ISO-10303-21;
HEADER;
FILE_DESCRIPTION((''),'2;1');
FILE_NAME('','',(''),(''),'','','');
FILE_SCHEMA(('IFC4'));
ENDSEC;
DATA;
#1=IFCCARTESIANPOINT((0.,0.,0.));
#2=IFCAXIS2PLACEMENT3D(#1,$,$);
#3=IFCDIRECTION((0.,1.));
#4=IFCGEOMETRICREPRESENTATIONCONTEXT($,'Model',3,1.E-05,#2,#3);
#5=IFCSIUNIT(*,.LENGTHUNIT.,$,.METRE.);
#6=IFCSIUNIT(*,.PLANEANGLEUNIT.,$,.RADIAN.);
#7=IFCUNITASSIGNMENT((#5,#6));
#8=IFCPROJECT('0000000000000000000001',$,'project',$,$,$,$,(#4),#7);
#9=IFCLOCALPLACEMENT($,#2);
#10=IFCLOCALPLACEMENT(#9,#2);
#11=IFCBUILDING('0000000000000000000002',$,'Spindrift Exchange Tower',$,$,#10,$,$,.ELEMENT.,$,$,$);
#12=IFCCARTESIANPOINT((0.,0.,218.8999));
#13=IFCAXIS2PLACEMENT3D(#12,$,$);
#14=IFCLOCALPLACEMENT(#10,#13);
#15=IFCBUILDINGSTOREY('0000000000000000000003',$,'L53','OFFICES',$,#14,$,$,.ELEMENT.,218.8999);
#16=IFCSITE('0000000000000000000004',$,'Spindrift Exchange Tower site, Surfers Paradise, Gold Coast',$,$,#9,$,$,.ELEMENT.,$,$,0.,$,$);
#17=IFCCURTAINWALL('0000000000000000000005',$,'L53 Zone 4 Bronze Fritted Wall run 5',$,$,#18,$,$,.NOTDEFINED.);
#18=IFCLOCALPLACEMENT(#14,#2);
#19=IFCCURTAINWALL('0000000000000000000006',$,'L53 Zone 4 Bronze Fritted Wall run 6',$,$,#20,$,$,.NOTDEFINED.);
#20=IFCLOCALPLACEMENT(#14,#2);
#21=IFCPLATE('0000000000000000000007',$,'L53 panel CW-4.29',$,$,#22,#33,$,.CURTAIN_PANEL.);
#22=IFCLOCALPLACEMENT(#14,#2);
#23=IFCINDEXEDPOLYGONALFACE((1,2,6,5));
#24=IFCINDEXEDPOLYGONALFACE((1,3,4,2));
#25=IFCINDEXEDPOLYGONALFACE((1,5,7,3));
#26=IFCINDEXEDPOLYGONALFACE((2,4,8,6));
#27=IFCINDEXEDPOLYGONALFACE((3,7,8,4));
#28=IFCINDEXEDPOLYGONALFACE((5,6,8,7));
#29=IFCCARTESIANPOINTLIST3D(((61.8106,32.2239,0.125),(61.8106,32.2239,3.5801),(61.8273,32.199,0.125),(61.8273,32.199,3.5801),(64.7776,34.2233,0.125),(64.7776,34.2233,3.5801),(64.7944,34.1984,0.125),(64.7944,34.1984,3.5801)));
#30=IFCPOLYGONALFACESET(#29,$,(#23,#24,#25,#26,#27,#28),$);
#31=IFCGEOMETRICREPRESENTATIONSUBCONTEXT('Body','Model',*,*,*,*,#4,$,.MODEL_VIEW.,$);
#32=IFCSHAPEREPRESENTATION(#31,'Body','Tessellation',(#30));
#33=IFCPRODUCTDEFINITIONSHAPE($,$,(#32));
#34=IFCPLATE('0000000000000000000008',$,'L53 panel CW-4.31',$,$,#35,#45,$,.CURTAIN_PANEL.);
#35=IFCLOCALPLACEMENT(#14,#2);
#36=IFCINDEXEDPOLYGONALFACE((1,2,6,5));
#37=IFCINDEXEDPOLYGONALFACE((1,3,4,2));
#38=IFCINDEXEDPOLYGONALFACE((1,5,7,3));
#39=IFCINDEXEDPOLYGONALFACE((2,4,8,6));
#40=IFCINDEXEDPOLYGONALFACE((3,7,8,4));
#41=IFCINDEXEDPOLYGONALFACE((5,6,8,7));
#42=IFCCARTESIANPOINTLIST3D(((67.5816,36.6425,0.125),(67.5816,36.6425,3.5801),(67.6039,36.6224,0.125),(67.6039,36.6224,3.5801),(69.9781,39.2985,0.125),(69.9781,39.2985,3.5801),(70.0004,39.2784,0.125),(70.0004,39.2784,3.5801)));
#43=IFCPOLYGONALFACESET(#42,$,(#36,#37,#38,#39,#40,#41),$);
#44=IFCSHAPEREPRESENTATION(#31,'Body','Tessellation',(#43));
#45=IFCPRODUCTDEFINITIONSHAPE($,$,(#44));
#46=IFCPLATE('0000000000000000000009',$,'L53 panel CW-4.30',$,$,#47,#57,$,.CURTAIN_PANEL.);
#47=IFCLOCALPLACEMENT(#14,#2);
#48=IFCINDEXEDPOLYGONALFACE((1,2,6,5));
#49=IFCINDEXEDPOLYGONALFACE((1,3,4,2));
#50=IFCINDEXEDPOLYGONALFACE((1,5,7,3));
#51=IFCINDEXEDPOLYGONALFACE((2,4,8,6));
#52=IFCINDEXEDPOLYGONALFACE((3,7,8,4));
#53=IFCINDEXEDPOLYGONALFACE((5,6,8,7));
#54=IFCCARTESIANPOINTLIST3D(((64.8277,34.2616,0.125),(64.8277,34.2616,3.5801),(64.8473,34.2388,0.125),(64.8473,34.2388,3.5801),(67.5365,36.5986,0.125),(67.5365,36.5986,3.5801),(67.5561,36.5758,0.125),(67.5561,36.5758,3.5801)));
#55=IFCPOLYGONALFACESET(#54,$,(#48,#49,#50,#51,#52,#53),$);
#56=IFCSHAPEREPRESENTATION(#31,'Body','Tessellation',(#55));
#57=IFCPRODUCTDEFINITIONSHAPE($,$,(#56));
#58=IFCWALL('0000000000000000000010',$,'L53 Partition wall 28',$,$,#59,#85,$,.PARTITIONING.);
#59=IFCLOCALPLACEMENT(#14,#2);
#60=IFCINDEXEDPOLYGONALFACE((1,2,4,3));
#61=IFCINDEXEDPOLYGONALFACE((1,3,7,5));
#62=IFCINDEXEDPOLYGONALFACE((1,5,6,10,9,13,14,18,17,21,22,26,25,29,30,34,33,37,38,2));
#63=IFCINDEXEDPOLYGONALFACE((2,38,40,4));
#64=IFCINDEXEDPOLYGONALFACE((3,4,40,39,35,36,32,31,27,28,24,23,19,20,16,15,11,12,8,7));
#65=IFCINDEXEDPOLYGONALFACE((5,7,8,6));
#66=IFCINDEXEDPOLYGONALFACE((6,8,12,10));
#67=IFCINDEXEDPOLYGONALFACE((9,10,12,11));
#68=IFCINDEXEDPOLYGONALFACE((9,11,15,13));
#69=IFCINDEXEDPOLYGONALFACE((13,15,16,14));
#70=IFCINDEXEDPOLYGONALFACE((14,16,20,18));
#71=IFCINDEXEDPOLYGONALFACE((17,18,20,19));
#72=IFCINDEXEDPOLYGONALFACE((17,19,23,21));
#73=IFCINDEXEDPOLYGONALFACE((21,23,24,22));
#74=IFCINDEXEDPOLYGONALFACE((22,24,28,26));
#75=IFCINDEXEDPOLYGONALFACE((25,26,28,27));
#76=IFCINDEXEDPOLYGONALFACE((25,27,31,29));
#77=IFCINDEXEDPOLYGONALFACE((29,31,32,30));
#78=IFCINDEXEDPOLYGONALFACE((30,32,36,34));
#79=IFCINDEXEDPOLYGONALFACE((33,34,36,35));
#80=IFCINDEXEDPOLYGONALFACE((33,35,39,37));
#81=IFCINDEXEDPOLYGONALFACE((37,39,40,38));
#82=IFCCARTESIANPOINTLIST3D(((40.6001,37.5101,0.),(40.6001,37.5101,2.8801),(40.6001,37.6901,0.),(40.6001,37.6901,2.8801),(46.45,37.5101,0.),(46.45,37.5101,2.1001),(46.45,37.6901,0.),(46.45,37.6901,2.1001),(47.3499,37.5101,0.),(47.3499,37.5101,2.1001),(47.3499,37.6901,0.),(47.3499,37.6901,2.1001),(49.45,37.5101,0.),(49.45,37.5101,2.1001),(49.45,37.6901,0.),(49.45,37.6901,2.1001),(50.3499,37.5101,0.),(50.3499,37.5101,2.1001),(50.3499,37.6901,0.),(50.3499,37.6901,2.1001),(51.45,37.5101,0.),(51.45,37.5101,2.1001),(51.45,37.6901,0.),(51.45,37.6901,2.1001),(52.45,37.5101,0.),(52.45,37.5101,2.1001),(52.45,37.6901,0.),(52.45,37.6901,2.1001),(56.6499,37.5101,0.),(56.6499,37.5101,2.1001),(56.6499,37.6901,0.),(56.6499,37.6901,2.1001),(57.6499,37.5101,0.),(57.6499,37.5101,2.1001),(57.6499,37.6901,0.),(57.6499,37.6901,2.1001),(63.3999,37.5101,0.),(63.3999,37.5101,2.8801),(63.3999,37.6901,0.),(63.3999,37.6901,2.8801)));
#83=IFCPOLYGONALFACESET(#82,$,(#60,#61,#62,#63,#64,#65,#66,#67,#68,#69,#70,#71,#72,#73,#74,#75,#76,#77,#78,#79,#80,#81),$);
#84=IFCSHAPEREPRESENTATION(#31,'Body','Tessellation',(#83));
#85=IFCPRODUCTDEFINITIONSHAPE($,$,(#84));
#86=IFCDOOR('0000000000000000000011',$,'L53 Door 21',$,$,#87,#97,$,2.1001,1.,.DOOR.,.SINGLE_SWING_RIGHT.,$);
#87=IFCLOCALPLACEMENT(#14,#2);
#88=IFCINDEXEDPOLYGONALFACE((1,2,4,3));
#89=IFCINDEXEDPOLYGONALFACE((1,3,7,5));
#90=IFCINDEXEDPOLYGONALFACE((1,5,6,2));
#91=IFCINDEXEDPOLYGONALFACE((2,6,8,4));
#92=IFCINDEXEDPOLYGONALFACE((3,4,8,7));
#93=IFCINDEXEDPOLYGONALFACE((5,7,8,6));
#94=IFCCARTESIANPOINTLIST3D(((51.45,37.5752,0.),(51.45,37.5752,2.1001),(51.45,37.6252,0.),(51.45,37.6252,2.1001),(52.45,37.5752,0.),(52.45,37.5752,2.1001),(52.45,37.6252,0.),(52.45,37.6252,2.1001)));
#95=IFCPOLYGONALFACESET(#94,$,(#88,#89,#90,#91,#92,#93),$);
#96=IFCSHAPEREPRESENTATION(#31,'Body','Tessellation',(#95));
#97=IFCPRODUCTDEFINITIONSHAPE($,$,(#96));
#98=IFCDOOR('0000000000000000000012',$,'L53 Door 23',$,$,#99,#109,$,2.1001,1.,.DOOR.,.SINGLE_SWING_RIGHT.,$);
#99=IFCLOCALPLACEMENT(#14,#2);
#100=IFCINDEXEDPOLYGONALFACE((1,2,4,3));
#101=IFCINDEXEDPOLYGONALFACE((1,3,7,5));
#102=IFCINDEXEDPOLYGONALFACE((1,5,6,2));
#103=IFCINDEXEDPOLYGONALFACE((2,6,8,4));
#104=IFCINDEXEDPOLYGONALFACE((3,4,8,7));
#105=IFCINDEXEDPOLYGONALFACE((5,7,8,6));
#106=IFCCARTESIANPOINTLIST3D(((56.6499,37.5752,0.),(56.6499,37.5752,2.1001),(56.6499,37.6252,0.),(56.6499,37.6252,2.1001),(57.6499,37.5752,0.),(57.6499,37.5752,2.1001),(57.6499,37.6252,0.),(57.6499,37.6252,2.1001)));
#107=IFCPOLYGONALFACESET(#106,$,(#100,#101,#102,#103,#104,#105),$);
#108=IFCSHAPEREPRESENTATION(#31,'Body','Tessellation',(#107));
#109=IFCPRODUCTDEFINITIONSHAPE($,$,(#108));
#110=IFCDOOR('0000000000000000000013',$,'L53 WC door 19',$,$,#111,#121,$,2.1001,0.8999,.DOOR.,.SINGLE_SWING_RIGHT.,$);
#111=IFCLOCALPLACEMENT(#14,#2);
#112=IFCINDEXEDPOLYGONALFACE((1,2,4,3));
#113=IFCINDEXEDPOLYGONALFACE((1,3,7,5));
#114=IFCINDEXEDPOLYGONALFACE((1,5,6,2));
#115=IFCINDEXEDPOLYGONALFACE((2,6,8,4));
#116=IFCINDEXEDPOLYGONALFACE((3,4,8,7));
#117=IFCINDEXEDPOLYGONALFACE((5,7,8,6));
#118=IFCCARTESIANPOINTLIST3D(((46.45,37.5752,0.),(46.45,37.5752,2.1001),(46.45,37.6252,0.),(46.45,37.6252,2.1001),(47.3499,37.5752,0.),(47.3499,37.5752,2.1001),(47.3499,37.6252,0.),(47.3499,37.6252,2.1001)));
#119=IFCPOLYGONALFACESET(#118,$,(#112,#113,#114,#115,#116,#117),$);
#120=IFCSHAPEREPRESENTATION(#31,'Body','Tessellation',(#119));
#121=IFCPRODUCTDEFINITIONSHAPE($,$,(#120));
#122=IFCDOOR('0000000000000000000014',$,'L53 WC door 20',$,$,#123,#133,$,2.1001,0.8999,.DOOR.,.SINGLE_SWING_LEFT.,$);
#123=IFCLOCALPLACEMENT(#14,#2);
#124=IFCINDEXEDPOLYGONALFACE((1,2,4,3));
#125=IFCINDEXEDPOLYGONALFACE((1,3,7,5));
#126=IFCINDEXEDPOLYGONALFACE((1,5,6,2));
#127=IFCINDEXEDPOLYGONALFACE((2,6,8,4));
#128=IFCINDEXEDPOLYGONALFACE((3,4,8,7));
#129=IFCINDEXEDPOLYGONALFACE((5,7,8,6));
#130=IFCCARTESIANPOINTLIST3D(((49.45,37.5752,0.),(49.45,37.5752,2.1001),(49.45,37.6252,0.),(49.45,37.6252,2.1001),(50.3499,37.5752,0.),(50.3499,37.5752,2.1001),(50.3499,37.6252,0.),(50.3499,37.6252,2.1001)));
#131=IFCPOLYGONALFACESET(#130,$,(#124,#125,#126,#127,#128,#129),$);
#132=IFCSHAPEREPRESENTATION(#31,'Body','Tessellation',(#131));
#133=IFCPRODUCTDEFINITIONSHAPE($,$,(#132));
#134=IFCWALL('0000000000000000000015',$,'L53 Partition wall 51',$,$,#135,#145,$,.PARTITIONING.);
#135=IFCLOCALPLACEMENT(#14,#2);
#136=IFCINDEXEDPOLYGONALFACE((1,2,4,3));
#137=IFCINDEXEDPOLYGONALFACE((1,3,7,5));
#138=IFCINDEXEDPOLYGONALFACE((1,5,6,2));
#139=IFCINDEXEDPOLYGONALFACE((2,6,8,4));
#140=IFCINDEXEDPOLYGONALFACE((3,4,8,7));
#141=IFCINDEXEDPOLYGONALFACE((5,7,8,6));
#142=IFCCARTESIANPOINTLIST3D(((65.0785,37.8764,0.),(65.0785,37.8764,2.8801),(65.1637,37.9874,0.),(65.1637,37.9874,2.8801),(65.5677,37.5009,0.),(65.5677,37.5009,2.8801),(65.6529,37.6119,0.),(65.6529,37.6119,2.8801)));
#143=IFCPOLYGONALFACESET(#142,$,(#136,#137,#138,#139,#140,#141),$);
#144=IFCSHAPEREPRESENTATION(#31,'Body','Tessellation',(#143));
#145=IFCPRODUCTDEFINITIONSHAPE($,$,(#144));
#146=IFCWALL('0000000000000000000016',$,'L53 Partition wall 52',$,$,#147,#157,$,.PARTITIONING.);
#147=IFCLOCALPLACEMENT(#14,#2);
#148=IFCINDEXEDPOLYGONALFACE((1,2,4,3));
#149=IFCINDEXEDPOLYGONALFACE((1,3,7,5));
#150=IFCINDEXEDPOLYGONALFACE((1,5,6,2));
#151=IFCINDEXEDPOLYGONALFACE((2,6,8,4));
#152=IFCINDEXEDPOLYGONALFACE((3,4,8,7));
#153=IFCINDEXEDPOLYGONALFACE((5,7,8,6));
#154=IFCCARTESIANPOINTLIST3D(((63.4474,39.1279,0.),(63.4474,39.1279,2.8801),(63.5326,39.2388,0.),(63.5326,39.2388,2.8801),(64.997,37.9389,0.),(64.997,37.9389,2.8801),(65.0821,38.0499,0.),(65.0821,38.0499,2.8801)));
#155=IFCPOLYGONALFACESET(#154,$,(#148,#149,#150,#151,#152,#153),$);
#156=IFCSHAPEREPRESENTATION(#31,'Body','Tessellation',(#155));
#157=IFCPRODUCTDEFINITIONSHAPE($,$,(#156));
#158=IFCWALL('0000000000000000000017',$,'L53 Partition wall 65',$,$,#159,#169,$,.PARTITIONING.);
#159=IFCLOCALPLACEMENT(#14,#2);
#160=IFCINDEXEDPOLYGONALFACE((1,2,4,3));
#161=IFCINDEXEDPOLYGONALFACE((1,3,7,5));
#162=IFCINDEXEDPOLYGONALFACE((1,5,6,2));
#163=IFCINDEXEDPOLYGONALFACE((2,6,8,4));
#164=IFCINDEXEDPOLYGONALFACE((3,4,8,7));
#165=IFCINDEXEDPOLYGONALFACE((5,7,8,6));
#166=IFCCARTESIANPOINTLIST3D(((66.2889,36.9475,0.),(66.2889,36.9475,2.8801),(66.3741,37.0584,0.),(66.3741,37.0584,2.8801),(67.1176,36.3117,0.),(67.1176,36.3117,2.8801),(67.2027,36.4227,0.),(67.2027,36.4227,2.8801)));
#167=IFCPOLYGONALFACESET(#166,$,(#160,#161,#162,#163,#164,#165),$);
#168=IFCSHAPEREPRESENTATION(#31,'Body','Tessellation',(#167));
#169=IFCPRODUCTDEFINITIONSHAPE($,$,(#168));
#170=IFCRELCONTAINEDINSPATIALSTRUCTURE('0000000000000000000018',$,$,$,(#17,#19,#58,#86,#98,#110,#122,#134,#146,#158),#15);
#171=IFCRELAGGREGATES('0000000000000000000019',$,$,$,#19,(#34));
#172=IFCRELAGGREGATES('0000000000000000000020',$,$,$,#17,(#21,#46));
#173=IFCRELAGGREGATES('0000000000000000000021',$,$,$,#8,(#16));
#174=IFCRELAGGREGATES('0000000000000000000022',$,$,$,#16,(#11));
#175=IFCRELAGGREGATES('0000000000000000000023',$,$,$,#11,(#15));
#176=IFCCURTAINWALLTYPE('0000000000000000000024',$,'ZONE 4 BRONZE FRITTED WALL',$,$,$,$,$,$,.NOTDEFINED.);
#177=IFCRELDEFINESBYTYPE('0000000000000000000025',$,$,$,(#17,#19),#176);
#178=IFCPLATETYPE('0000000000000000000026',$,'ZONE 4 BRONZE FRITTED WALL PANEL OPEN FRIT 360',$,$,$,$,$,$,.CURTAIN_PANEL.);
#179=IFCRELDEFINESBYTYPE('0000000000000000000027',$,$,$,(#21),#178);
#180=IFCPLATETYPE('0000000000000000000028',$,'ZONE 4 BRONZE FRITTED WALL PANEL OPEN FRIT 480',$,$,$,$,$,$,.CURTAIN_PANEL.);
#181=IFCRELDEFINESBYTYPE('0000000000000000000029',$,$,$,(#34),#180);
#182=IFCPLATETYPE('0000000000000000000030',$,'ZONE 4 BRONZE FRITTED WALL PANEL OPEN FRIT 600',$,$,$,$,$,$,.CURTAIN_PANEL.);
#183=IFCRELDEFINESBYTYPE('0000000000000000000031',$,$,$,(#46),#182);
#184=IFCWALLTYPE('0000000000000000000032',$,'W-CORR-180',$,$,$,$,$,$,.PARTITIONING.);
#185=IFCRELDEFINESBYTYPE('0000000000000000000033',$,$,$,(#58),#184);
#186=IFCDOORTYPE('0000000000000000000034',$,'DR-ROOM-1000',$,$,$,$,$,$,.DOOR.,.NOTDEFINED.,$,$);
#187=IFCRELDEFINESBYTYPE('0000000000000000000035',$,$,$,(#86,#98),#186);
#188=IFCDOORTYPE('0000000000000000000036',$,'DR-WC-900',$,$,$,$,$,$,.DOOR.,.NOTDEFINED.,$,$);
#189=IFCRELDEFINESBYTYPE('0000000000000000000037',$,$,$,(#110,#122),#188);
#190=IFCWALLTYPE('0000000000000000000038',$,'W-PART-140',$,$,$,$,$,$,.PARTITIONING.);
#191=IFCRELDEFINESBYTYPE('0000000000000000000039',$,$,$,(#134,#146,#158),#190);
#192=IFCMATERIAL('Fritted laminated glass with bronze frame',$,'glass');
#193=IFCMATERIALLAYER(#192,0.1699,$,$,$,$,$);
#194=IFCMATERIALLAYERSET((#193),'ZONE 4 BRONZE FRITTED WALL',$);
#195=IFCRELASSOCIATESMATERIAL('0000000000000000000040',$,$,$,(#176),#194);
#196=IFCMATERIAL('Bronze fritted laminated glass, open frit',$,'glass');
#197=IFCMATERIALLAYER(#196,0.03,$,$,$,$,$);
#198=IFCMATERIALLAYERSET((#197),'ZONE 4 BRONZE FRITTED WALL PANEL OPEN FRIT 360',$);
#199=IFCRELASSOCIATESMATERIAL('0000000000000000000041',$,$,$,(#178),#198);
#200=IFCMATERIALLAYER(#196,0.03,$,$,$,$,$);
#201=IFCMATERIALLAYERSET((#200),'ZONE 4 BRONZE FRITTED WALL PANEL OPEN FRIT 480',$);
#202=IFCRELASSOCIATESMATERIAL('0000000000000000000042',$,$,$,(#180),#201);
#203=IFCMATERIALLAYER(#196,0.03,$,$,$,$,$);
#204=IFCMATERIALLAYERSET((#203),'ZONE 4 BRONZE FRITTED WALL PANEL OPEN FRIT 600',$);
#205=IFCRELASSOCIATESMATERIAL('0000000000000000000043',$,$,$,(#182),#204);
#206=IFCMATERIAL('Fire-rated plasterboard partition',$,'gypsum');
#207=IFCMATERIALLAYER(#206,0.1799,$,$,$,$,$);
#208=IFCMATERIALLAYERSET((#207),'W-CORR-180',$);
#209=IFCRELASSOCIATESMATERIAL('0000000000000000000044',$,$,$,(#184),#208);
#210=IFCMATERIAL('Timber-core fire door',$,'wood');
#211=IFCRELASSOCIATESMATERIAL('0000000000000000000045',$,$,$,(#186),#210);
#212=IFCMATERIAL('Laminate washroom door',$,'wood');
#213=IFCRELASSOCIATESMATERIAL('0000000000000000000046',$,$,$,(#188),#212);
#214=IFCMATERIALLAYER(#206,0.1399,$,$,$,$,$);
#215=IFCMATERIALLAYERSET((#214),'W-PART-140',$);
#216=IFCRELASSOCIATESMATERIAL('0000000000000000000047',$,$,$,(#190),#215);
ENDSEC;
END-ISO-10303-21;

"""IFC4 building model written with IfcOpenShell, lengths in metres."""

from ifc_helpers import new_model, si_unit, direction, frame, frame_2d, origin, origin_2d, place, context, subcontext, project, spatial, rectangle, extrude, source, transform, mapped, material, layer, layer_set, type_object, element, fill, aggregate, save


model = new_model("IFC4")

# Units and contexts
model_context = context("Model", 3, precision=1e-05, world=origin(), true_north=direction((0.0, 1.0)))
body_context = subcontext(model_context, "Body", "Model", "MODEL_VIEW")
ifc_project = project(units=[si_unit("LENGTHUNIT", "METRE"), si_unit("PLANEANGLEUNIT", "RADIAN")], contexts=[model_context])

# Site, building, storey
site_placement = place(None, origin())
site = spatial("IfcSite", under=ifc_project, at=site_placement, Name="Spindrift Exchange Tower site, Surfers Paradise, Gold Coast", CompositionType="ELEMENT", RefElevation=0.0)
building_placement = place(site_placement, origin())
building = spatial("IfcBuilding", under=site, at=building_placement, Name="Spindrift Exchange Tower", CompositionType="ELEMENT")
storey_placement = place(building_placement, frame((0.0, 0.0, 218.8999)))
storey = spatial("IfcBuildingStorey", under=building, at=storey_placement, Name="L53", Description="OFFICES", CompositionType="ELEMENT", Elevation=218.8999)

# Curtain wall
ifc_material_1 = material(Name="Fritted laminated glass with bronze frame", Category="glass")
ifc_layer_1 = layer(ifc_material_1, 0.1699)
ifc_layer_set_1 = layer_set([ifc_layer_1], Name="ZONE 4 BRONZE FRITTED WALL")
curtain_wall_type = type_object("IfcCurtainWallType", Name="ZONE 4 BRONZE FRITTED WALL", PredefinedType="NOTDEFINED", material=ifc_layer_set_1)
curtain_wall_1_placement = place(storey_placement, origin())
curtain_wall_1 = element("IfcCurtainWall", 1, at=curtain_wall_1_placement, inside=storey, type_object=curtain_wall_type, Name="L53 Zone 4 Bronze Fritted Wall run 5", PredefinedType="NOTDEFINED")

# Curtain wall
curtain_wall_2_placement = place(storey_placement, origin())
curtain_wall_2 = element("IfcCurtainWall", 2, at=curtain_wall_2_placement, inside=storey, type_object=curtain_wall_type, Name="L53 Zone 4 Bronze Fritted Wall run 6", PredefinedType="NOTDEFINED")

# Plates
ifc_material_2 = material(Name="Bronze fritted laminated glass, open frit", Category="glass")
ifc_layer_2 = layer(ifc_material_2, 0.03)
ifc_layer_set_2 = layer_set([ifc_layer_2], Name="ZONE 4 BRONZE FRITTED WALL PANEL OPEN FRIT 360")
plate_type_1 = type_object("IfcPlateType", Name="ZONE 4 BRONZE FRITTED WALL PANEL OPEN FRIT 360", PredefinedType="CURTAIN_PANEL", material=ifc_layer_set_2)
shared_shape_1 = source(origin(), body_context, "Body", "SweptSolid", [
    extrude(rectangle(XDim=3.5779, YDim=0.03, at=origin_2d()), origin(), (0.0, 0.0, 1.0), 3.4551),
])
plate_1_placement = place(storey_placement, frame((63.3025, 33.2112, 0.125), z_axis=(0.0, 0.0, 1.0), x_axis=(0.829282, 0.55883, 0.0)))
plate_1 = element("IfcPlate", 3, at=plate_1_placement, type_object=plate_type_1, Name="L53 panel CW-4.29", PredefinedType="CURTAIN_PANEL", context=body_context, shape_type="MappedRepresentation", body=[
    mapped(shared_shape_1, transform((0.0, 0.0, 0.0), scale=1.0)),
])
ifc_layer_3 = layer(ifc_material_2, 0.03)
ifc_layer_set_3 = layer_set([ifc_layer_3], Name="ZONE 4 BRONZE FRITTED WALL PANEL OPEN FRIT 480")
plate_type_2 = type_object("IfcPlateType", Name="ZONE 4 BRONZE FRITTED WALL PANEL OPEN FRIT 480", PredefinedType="CURTAIN_PANEL", material=ifc_layer_set_3)
shared_shape_2 = source(origin(), body_context, "Body", "SweptSolid", [
    extrude(rectangle(XDim=3.5774, YDim=0.03, at=origin_2d()), origin(), (0.0, 0.0, 1.0), 3.4551),
])
plate_2_placement = place(storey_placement, frame((68.791, 37.9604, 0.125), z_axis=(0.0, 0.0, 1.0), x_axis=(0.669894, 0.742457, 0.0)))
plate_2 = element("IfcPlate", 4, at=plate_2_placement, type_object=plate_type_2, Name="L53 panel CW-4.31", PredefinedType="CURTAIN_PANEL", context=body_context, shape_type="MappedRepresentation", body=[
    mapped(shared_shape_2, transform((0.0, 0.0, 0.0), scale=1.0)),
])
aggregate(curtain_wall_2, [plate_2])
ifc_layer_4 = layer(ifc_material_2, 0.03)
ifc_layer_set_4 = layer_set([ifc_layer_4], Name="ZONE 4 BRONZE FRITTED WALL PANEL OPEN FRIT 600")
plate_type_3 = type_object("IfcPlateType", Name="ZONE 4 BRONZE FRITTED WALL PANEL OPEN FRIT 600", PredefinedType="CURTAIN_PANEL", material=ifc_layer_set_4)
shared_shape_3 = source(origin(), body_context, "Body", "SweptSolid", [
    extrude(rectangle(XDim=3.5776, YDim=0.03, at=origin_2d()), origin(), (0.0, 0.0, 1.0), 3.4551),
])
plate_3_placement = place(storey_placement, frame((66.1919, 35.4187, 0.125), z_axis=(0.0, 0.0, 1.0), x_axis=(0.757162, 0.653228, 0.0)))
plate_3 = element("IfcPlate", 5, at=plate_3_placement, type_object=plate_type_3, Name="L53 panel CW-4.30", PredefinedType="CURTAIN_PANEL", context=body_context, shape_type="MappedRepresentation", body=[
    mapped(shared_shape_3, transform((0.0, 0.0, 0.0), scale=1.0)),
])
aggregate(curtain_wall_1, [plate_1, plate_3])

# Wall, openings, doors
ifc_material_3 = material(Name="Fire-rated plasterboard partition", Category="gypsum")
ifc_layer_5 = layer(ifc_material_3, 0.1799)
ifc_layer_set_5 = layer_set([ifc_layer_5], Name="W-CORR-180")
wall_type_1 = type_object("IfcWallType", Name="W-CORR-180", PredefinedType="PARTITIONING", material=ifc_layer_set_5)
wall_1_placement = place(storey_placement, frame((63.3999, 37.6001, 0.0), z_axis=(0.0, 0.0, 1.0), x_axis=(-1.0, 0.0, 0.0)))
wall_1 = element("IfcWall", 6, at=wall_1_placement, inside=storey, type_object=wall_type_1, Name="L53 Partition wall 28", PredefinedType="PARTITIONING", context=body_context, shape_type="SweptSolid", body=[
    extrude(rectangle(XDim=22.7998, YDim=0.1799, at=frame_2d((11.3999, 0.0))), origin(), (0.0, 0.0, 1.0), 2.8801),
])
opening_1_placement = place(wall_1_placement, frame((16.05, 0.0, 0.0)))
opening_1 = element("IfcOpeningElement", 7, at=opening_1_placement, cuts=wall_1, PredefinedType="OPENING", context=body_context, shape_type="SweptSolid", body=[
    extrude(rectangle(XDim=0.8999, YDim=2.1001, at=frame_2d((0.45, 1.05))), frame((0.0, 0.0999, 0.0), z_axis=(0.0, -1.0, 0.0), x_axis=(1.0, 0.0, 0.0)), (0.0, 0.0, 1.0), 0.2),
])
opening_2_placement = place(wall_1_placement, frame((13.05, 0.0, 0.0)))
opening_2 = element("IfcOpeningElement", 8, at=opening_2_placement, cuts=wall_1, PredefinedType="OPENING", context=body_context, shape_type="SweptSolid", body=[
    extrude(rectangle(XDim=0.8999, YDim=2.1001, at=frame_2d((0.45, 1.05))), frame((0.0, 0.0999, 0.0), z_axis=(0.0, -1.0, 0.0), x_axis=(1.0, 0.0, 0.0)), (0.0, 0.0, 1.0), 0.2),
])
opening_3_placement = place(wall_1_placement, frame((10.95, 0.0, 0.0)))
opening_3 = element("IfcOpeningElement", 9, at=opening_3_placement, cuts=wall_1, PredefinedType="OPENING", context=body_context, shape_type="SweptSolid", body=[
    extrude(rectangle(XDim=1.0, YDim=2.1001, at=frame_2d((0.5, 1.05))), frame((0.0, 0.0999, 0.0), z_axis=(0.0, -1.0, 0.0), x_axis=(1.0, 0.0, 0.0)), (0.0, 0.0, 1.0), 0.2),
])
opening_4_placement = place(wall_1_placement, frame((5.75, 0.0, 0.0)))
opening_4 = element("IfcOpeningElement", 10, at=opening_4_placement, cuts=wall_1, PredefinedType="OPENING", context=body_context, shape_type="SweptSolid", body=[
    extrude(rectangle(XDim=1.0, YDim=2.1001, at=frame_2d((0.5, 1.05))), frame((0.0, 0.0999, 0.0), z_axis=(0.0, -1.0, 0.0), x_axis=(1.0, 0.0, 0.0)), (0.0, 0.0, 1.0), 0.2),
])
ifc_material_4 = material(Name="Timber-core fire door", Category="wood")
door_type_1 = type_object("IfcDoorType", Name="DR-ROOM-1000", OperationType="NOTDEFINED", PredefinedType="DOOR", material=ifc_material_4)
shared_shape_4 = source(origin(), body_context, "Body", "SweptSolid", [
    extrude(rectangle(XDim=1.0, YDim=2.1001, at=frame_2d((0.5, 1.05))), frame((0.0, 0.0249, 0.0), z_axis=(0.0, -1.0, 0.0), x_axis=(1.0, 0.0, 0.0)), (0.0, 0.0, 1.0), 0.05),
])
door_1_placement = place(opening_3_placement, origin())
door_1 = element("IfcDoor", 11, at=door_1_placement, inside=storey, type_object=door_type_1, Name="L53 Door 21", OperationType="SINGLE_SWING_RIGHT", OverallHeight=2.1001, OverallWidth=1.0, PredefinedType="DOOR", context=body_context, shape_type="MappedRepresentation", body=[
    mapped(shared_shape_4, transform((0.0, 0.0, 0.0), scale=1.0)),
])
fill(opening_3, door_1)
door_2_placement = place(opening_4_placement, origin())
door_2 = element("IfcDoor", 12, at=door_2_placement, inside=storey, type_object=door_type_1, Name="L53 Door 23", OperationType="SINGLE_SWING_RIGHT", OverallHeight=2.1001, OverallWidth=1.0, PredefinedType="DOOR", context=body_context, shape_type="MappedRepresentation", body=[
    mapped(shared_shape_4, transform((0.0, 0.0, 0.0), scale=1.0)),
])
fill(opening_4, door_2)
ifc_material_5 = material(Name="Laminate washroom door", Category="wood")
door_type_2 = type_object("IfcDoorType", Name="DR-WC-900", OperationType="NOTDEFINED", PredefinedType="DOOR", material=ifc_material_5)
shared_shape_5 = source(origin(), body_context, "Body", "SweptSolid", [
    extrude(rectangle(XDim=0.8999, YDim=2.1001, at=frame_2d((0.45, 1.05))), frame((0.0, 0.0249, 0.0), z_axis=(0.0, -1.0, 0.0), x_axis=(1.0, 0.0, 0.0)), (0.0, 0.0, 1.0), 0.05),
])
door_3_placement = place(opening_1_placement, origin())
door_3 = element("IfcDoor", 13, at=door_3_placement, inside=storey, type_object=door_type_2, Name="L53 WC door 19", OperationType="SINGLE_SWING_RIGHT", OverallHeight=2.1001, OverallWidth=0.8999, PredefinedType="DOOR", context=body_context, shape_type="MappedRepresentation", body=[
    mapped(shared_shape_5, transform((0.0, 0.0, 0.0), scale=1.0)),
])
fill(opening_1, door_3)
door_4_placement = place(opening_2_placement, origin())
door_4 = element("IfcDoor", 14, at=door_4_placement, inside=storey, type_object=door_type_2, Name="L53 WC door 20", OperationType="SINGLE_SWING_LEFT", OverallHeight=2.1001, OverallWidth=0.8999, PredefinedType="DOOR", context=body_context, shape_type="MappedRepresentation", body=[
    mapped(shared_shape_5, transform((0.0, 0.0, 0.0), scale=1.0)),
])
fill(opening_2, door_4)

# Walls
ifc_layer_6 = layer(ifc_material_3, 0.1399)
ifc_layer_set_6 = layer_set([ifc_layer_6], Name="W-PART-140")
wall_type_2 = type_object("IfcWallType", Name="W-PART-140", PredefinedType="PARTITIONING", material=ifc_layer_set_6)
wall_2_placement = place(storey_placement, frame((65.1211, 37.9319, 0.0), z_axis=(0.0, 0.0, 1.0), x_axis=(0.7933, -0.60883, 0.0)))
element("IfcWall", 15, at=wall_2_placement, inside=storey, type_object=wall_type_2, Name="L53 Partition wall 51", PredefinedType="PARTITIONING", context=body_context, shape_type="SweptSolid", body=[
    extrude(rectangle(XDim=0.6167, YDim=0.1399, at=frame_2d((0.3083, 0.0))), origin(), (0.0, 0.0, 1.0), 2.8801),
])
wall_3_placement = place(storey_placement, frame((63.49, 39.1833, 0.0), z_axis=(0.0, 0.0, 1.0), x_axis=(0.793367, -0.608744, 0.0)))
element("IfcWall", 16, at=wall_3_placement, inside=storey, type_object=wall_type_2, Name="L53 Partition wall 52", PredefinedType="PARTITIONING", context=body_context, shape_type="SweptSolid", body=[
    extrude(rectangle(XDim=1.9531, YDim=0.1399, at=frame_2d((0.9766, 0.0))), origin(), (0.0, 0.0, 1.0), 2.8801),
])
wall_4_placement = place(storey_placement, frame((67.1602, 36.3672, 0.0), z_axis=(0.0, 0.0, 1.0), x_axis=(-0.793388, 0.608716, 0.0)))
element("IfcWall", 17, at=wall_4_placement, inside=storey, type_object=wall_type_2, Name="L53 Partition wall 65", PredefinedType="PARTITIONING", context=body_context, shape_type="SweptSolid", body=[
    extrude(rectangle(XDim=1.0444, YDim=0.1399, at=frame_2d((0.5222, 0.0))), origin(), (0.0, 0.0, 1.0), 2.8801),
])

save(model, "model.ifc")
